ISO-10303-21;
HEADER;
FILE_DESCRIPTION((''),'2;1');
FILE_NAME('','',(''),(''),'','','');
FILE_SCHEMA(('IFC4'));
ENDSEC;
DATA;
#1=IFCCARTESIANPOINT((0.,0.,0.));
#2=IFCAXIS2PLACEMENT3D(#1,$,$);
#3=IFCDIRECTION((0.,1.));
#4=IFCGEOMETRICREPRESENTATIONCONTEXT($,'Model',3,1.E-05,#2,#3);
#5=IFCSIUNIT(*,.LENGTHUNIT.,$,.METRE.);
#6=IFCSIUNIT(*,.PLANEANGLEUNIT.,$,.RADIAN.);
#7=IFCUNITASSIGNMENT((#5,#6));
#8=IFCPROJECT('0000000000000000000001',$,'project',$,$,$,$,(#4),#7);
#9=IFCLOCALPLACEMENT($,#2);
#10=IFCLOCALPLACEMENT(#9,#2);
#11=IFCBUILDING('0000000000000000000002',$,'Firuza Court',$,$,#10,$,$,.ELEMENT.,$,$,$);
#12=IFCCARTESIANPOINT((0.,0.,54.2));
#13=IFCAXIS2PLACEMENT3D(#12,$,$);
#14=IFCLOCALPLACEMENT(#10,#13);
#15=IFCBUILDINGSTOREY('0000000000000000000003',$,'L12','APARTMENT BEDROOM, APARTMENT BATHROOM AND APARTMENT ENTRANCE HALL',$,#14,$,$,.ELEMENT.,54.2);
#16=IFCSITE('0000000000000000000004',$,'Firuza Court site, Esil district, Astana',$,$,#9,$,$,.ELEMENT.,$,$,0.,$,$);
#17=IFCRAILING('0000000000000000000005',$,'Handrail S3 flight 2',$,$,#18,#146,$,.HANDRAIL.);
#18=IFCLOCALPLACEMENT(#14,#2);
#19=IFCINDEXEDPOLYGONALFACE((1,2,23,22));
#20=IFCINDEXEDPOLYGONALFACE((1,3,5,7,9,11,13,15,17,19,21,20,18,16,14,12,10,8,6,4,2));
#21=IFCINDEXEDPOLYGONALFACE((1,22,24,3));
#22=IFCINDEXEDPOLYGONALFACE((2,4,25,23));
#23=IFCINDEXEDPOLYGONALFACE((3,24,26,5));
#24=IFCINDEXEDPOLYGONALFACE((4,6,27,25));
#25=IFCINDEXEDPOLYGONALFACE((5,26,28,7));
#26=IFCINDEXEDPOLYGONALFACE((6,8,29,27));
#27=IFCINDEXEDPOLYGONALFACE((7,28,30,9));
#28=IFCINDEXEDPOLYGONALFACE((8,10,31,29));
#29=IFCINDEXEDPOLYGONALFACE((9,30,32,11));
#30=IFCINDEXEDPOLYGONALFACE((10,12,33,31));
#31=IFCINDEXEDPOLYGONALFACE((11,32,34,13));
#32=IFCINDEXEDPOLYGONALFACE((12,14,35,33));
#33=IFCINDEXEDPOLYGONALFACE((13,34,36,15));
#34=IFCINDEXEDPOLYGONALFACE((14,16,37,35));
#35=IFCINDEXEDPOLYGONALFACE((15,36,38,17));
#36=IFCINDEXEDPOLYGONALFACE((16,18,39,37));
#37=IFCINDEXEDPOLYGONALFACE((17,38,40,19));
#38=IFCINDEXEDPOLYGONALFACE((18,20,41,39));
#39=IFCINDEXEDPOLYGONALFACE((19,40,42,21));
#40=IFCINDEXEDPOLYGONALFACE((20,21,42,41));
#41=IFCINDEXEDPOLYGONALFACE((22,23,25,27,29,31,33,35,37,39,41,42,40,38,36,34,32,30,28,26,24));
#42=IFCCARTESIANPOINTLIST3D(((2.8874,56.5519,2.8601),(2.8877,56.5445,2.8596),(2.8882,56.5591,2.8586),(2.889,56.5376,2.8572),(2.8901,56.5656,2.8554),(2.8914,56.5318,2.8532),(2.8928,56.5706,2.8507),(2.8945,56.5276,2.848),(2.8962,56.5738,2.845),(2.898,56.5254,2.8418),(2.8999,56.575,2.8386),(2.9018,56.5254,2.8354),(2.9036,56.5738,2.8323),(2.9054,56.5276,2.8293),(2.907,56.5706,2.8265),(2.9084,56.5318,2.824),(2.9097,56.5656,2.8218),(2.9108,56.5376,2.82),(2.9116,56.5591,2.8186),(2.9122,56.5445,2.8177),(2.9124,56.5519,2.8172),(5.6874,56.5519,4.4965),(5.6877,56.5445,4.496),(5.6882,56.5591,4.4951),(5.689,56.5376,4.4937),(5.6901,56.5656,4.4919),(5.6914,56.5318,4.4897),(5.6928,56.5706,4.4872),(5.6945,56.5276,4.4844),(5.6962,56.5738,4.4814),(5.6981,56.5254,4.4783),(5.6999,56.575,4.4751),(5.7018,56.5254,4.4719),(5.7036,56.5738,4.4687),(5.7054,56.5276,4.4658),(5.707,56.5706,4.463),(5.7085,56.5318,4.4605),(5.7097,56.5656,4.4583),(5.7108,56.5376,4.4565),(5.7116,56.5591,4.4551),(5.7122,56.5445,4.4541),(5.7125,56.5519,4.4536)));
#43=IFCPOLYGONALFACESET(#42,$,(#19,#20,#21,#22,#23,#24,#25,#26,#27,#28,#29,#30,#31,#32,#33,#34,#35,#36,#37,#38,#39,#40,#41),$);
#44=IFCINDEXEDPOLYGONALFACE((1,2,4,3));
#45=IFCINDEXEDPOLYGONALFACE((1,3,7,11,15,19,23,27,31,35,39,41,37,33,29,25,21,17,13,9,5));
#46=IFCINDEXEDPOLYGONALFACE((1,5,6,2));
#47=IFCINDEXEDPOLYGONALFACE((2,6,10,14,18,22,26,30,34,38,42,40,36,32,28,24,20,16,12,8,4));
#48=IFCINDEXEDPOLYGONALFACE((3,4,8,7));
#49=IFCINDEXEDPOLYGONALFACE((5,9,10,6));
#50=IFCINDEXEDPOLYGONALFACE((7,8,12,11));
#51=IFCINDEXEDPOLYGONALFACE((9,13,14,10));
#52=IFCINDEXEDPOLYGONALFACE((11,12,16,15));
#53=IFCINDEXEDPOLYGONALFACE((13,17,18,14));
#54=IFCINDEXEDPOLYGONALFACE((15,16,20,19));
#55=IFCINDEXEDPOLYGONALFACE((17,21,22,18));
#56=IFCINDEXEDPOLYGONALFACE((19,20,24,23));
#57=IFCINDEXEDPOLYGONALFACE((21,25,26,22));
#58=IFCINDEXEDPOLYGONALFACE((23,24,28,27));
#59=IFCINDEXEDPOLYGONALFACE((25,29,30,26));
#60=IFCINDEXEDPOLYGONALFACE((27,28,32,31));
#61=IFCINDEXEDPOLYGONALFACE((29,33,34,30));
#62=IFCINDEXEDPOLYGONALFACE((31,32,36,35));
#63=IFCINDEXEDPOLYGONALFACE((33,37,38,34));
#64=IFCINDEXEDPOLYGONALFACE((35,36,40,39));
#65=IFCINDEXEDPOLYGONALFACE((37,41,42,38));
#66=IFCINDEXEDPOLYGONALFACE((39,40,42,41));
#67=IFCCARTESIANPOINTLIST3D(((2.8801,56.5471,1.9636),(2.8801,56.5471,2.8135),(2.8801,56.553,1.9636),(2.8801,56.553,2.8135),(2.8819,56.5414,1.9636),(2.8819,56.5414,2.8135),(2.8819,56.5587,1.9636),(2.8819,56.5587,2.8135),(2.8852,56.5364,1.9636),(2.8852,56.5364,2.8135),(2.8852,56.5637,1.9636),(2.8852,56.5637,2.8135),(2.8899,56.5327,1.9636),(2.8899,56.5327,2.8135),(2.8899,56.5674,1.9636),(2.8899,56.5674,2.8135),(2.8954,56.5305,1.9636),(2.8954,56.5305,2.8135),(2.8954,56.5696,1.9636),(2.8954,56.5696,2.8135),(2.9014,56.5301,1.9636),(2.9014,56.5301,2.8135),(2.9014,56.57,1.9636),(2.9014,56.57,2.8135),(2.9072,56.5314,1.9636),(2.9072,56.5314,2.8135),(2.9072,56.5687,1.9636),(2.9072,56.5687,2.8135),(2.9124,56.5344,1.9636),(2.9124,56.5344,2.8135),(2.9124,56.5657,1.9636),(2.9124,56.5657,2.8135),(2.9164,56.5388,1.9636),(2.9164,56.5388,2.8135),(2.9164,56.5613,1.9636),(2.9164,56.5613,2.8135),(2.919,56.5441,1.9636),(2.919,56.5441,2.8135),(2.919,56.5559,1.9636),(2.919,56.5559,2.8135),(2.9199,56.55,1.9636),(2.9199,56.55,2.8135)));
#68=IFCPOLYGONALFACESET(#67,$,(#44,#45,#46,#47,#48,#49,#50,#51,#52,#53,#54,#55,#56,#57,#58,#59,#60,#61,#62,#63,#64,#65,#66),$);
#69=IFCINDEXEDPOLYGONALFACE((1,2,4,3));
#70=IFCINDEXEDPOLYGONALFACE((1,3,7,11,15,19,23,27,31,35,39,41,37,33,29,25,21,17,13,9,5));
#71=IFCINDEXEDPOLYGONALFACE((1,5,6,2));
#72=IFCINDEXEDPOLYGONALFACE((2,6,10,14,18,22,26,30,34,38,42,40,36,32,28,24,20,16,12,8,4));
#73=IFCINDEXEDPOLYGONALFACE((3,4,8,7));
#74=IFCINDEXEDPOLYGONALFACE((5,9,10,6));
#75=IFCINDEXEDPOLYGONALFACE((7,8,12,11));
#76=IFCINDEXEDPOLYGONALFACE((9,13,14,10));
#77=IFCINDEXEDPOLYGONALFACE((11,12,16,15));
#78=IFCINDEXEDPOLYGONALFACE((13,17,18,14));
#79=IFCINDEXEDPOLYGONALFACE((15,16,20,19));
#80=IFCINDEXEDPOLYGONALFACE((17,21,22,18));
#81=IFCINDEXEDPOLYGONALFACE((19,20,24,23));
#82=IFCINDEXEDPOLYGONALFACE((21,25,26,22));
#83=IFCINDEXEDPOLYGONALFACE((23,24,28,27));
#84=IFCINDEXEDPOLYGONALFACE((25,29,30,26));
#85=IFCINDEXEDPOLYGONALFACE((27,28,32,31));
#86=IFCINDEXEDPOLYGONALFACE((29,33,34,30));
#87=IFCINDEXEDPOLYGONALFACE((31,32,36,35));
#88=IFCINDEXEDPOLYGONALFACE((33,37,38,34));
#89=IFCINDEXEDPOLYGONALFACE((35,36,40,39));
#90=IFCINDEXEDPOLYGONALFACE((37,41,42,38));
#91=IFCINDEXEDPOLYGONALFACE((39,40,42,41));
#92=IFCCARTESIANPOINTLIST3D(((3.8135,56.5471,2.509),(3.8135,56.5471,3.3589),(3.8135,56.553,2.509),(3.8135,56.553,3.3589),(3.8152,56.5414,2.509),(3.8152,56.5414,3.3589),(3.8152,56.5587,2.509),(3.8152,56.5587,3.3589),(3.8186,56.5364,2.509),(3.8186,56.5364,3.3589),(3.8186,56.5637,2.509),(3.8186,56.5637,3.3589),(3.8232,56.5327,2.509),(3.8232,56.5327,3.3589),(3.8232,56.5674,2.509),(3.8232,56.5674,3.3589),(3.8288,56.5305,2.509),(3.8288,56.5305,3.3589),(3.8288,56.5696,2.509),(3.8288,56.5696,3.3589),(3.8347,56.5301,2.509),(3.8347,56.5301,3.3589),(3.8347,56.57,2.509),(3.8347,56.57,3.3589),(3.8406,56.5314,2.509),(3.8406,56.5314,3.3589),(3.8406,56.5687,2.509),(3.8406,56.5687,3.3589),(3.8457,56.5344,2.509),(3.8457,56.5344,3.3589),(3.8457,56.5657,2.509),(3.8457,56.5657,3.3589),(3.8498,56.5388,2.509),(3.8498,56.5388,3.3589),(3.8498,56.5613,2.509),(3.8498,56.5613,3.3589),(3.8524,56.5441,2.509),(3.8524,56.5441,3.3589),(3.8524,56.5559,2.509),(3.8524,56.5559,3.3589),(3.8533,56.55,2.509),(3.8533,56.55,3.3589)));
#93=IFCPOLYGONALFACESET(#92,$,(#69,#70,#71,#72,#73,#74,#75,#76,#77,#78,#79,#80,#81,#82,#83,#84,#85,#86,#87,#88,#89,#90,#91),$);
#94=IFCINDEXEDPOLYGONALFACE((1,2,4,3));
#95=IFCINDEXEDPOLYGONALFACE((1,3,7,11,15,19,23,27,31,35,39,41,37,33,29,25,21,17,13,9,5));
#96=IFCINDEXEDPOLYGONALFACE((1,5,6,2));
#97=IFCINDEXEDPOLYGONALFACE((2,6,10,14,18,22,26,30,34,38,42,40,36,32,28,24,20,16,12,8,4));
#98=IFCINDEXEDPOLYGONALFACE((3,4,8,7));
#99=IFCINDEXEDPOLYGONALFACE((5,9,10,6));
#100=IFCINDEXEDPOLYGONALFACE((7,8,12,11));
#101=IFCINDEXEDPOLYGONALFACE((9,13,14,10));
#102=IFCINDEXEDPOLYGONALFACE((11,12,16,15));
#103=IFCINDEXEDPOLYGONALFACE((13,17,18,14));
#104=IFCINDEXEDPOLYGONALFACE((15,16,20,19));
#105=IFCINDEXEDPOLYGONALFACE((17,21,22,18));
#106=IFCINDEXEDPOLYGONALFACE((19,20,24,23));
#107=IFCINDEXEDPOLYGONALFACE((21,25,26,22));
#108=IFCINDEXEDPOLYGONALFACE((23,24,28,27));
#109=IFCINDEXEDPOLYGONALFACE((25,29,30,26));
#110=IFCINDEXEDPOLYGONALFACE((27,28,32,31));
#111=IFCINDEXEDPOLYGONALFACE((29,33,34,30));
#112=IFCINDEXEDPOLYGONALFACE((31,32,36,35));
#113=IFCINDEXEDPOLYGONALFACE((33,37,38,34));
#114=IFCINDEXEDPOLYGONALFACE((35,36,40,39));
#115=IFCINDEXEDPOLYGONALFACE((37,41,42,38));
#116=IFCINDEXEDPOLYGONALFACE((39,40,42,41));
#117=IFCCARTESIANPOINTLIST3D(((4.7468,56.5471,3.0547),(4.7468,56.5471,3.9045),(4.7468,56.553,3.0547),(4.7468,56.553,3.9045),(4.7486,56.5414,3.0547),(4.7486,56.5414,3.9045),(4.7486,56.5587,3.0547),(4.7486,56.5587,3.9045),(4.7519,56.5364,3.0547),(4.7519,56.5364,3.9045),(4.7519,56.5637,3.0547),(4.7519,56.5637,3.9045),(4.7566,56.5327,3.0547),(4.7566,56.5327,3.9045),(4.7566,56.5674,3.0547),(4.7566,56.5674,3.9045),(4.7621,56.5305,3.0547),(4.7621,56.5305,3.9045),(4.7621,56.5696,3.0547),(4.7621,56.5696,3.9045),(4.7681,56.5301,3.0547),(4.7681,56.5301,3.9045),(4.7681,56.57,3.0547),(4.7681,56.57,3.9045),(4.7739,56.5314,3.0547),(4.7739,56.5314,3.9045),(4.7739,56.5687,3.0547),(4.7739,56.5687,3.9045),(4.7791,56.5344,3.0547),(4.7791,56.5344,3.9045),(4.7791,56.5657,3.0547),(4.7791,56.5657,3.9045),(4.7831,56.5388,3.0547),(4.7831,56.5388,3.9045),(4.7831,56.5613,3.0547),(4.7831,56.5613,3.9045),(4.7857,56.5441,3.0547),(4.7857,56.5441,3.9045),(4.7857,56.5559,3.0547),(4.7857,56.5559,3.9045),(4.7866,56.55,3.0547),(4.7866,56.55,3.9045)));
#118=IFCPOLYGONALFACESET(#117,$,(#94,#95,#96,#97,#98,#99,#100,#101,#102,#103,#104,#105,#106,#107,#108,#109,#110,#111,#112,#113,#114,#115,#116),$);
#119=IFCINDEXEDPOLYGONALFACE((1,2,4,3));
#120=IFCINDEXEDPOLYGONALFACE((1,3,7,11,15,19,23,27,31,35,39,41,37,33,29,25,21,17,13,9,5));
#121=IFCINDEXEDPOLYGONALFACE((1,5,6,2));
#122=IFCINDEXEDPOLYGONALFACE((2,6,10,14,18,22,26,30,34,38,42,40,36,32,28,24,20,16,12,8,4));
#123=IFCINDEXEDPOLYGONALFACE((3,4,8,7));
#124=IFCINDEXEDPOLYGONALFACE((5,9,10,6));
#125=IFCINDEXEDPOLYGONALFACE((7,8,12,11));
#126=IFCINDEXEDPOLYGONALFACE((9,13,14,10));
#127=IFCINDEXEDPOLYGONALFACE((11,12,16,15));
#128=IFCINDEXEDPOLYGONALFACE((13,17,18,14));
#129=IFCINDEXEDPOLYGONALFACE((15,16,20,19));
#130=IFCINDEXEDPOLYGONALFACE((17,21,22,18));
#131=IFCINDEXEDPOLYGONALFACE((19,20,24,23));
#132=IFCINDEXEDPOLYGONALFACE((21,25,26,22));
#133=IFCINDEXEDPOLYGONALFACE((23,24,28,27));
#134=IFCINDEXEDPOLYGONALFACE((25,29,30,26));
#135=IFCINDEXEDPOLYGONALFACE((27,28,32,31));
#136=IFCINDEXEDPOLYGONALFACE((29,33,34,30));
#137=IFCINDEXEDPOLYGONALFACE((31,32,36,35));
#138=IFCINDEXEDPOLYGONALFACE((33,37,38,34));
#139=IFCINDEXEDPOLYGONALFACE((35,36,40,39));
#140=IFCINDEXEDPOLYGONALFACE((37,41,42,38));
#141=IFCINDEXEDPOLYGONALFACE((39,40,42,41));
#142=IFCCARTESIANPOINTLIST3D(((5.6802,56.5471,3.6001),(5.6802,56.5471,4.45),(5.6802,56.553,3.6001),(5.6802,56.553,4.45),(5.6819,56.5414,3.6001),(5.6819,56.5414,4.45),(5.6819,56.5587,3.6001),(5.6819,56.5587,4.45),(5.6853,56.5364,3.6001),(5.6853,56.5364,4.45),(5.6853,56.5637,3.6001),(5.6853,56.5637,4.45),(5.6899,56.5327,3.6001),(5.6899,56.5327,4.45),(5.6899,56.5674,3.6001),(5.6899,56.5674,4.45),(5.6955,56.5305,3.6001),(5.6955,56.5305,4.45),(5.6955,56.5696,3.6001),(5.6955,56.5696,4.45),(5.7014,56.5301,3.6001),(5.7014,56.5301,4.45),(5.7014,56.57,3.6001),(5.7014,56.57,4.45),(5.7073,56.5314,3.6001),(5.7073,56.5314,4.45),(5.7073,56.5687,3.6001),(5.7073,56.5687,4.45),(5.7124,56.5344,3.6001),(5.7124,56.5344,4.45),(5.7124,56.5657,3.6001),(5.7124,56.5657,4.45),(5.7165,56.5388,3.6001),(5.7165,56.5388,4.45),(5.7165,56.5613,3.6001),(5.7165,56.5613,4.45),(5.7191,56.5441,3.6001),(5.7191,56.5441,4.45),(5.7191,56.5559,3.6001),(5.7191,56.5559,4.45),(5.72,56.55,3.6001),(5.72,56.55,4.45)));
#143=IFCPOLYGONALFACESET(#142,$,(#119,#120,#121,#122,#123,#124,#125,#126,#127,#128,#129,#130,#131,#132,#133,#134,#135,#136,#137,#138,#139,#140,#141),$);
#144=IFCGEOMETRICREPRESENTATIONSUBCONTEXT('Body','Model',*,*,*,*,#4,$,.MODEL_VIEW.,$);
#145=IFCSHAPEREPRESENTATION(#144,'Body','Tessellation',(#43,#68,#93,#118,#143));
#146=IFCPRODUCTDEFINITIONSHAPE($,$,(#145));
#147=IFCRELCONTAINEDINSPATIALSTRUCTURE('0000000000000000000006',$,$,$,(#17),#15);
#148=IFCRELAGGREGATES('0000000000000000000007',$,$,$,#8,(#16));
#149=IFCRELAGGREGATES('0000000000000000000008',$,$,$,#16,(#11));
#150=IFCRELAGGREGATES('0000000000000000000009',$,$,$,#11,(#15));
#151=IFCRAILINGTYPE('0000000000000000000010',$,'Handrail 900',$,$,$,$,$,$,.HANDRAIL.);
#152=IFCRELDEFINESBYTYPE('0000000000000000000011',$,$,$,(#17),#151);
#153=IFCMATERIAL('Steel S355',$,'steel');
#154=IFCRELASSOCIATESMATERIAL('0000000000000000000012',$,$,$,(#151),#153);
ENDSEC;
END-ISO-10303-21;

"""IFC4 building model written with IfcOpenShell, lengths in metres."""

from ifc_helpers import new_model, si_unit, direction, frame, origin, origin_2d, place, context, subcontext, project, spatial, circle, extrude, material, type_object, element, save


model = new_model("IFC4")

# Units and contexts
model_context = context("Model", 3, precision=1e-05, world=origin(), true_north=direction((0.0, 1.0)))
body_context = subcontext(model_context, "Body", "Model", "MODEL_VIEW")
ifc_project = project(units=[si_unit("LENGTHUNIT", "METRE"), si_unit("PLANEANGLEUNIT", "RADIAN")], contexts=[model_context])

# Site, building, storey
site_placement = place(None, origin())
site = spatial("IfcSite", under=ifc_project, at=site_placement, Name="Firuza Court site, Esil district, Astana", CompositionType="ELEMENT", RefElevation=0.0)
building_placement = place(site_placement, origin())
building = spatial("IfcBuilding", under=site, at=building_placement, Name="Firuza Court", CompositionType="ELEMENT")
storey_placement = place(building_placement, frame((0.0, 0.0, 54.2)))
storey = spatial("IfcBuildingStorey", under=building, at=storey_placement, Name="L12", Description="APARTMENT BEDROOM, APARTMENT BATHROOM AND APARTMENT ENTRANCE HALL", CompositionType="ELEMENT", Elevation=54.2)

# Railing
ifc_material_1 = material(Name="Steel S355", Category="steel")
railing_type_1 = type_object("IfcRailingType", Name="Handrail 900", PredefinedType="HANDRAIL", material=ifc_material_1)
railing_1_placement = place(storey_placement, frame((2.8999, 56.55, 1.9636)))
element("IfcRailing", 1, at=railing_1_placement, inside=storey, type_object=railing_type_1, Name="Handrail S3 flight 2", PredefinedType="HANDRAIL", context=body_context, shape_type="SweptSolid", body=[
    extrude(circle(Radius=0.0249, at=origin_2d()), frame((0.0, 0.0, 0.875), z_axis=(0.863361, 0.0, 0.504587), x_axis=(0.0, 1.0, 0.0)), (0.0, 0.0, 1.0), 3.2432),
    extrude(circle(Radius=0.02, at=origin_2d()), origin(), (0.0, 0.0, 1.0), 0.8499),
    extrude(circle(Radius=0.02, at=origin_2d()), frame((0.9333, 0.0, 0.5454)), (0.0, 0.0, 1.0), 0.8499),
    extrude(circle(Radius=0.02, at=origin_2d()), frame((1.8667, 0.0, 1.0911)), (0.0, 0.0, 1.0), 0.8499),
    extrude(circle(Radius=0.02, at=origin_2d()), frame((2.8, 0.0, 1.6365)), (0.0, 0.0, 1.0), 0.8499),
])

save(model, "model.ifc")
